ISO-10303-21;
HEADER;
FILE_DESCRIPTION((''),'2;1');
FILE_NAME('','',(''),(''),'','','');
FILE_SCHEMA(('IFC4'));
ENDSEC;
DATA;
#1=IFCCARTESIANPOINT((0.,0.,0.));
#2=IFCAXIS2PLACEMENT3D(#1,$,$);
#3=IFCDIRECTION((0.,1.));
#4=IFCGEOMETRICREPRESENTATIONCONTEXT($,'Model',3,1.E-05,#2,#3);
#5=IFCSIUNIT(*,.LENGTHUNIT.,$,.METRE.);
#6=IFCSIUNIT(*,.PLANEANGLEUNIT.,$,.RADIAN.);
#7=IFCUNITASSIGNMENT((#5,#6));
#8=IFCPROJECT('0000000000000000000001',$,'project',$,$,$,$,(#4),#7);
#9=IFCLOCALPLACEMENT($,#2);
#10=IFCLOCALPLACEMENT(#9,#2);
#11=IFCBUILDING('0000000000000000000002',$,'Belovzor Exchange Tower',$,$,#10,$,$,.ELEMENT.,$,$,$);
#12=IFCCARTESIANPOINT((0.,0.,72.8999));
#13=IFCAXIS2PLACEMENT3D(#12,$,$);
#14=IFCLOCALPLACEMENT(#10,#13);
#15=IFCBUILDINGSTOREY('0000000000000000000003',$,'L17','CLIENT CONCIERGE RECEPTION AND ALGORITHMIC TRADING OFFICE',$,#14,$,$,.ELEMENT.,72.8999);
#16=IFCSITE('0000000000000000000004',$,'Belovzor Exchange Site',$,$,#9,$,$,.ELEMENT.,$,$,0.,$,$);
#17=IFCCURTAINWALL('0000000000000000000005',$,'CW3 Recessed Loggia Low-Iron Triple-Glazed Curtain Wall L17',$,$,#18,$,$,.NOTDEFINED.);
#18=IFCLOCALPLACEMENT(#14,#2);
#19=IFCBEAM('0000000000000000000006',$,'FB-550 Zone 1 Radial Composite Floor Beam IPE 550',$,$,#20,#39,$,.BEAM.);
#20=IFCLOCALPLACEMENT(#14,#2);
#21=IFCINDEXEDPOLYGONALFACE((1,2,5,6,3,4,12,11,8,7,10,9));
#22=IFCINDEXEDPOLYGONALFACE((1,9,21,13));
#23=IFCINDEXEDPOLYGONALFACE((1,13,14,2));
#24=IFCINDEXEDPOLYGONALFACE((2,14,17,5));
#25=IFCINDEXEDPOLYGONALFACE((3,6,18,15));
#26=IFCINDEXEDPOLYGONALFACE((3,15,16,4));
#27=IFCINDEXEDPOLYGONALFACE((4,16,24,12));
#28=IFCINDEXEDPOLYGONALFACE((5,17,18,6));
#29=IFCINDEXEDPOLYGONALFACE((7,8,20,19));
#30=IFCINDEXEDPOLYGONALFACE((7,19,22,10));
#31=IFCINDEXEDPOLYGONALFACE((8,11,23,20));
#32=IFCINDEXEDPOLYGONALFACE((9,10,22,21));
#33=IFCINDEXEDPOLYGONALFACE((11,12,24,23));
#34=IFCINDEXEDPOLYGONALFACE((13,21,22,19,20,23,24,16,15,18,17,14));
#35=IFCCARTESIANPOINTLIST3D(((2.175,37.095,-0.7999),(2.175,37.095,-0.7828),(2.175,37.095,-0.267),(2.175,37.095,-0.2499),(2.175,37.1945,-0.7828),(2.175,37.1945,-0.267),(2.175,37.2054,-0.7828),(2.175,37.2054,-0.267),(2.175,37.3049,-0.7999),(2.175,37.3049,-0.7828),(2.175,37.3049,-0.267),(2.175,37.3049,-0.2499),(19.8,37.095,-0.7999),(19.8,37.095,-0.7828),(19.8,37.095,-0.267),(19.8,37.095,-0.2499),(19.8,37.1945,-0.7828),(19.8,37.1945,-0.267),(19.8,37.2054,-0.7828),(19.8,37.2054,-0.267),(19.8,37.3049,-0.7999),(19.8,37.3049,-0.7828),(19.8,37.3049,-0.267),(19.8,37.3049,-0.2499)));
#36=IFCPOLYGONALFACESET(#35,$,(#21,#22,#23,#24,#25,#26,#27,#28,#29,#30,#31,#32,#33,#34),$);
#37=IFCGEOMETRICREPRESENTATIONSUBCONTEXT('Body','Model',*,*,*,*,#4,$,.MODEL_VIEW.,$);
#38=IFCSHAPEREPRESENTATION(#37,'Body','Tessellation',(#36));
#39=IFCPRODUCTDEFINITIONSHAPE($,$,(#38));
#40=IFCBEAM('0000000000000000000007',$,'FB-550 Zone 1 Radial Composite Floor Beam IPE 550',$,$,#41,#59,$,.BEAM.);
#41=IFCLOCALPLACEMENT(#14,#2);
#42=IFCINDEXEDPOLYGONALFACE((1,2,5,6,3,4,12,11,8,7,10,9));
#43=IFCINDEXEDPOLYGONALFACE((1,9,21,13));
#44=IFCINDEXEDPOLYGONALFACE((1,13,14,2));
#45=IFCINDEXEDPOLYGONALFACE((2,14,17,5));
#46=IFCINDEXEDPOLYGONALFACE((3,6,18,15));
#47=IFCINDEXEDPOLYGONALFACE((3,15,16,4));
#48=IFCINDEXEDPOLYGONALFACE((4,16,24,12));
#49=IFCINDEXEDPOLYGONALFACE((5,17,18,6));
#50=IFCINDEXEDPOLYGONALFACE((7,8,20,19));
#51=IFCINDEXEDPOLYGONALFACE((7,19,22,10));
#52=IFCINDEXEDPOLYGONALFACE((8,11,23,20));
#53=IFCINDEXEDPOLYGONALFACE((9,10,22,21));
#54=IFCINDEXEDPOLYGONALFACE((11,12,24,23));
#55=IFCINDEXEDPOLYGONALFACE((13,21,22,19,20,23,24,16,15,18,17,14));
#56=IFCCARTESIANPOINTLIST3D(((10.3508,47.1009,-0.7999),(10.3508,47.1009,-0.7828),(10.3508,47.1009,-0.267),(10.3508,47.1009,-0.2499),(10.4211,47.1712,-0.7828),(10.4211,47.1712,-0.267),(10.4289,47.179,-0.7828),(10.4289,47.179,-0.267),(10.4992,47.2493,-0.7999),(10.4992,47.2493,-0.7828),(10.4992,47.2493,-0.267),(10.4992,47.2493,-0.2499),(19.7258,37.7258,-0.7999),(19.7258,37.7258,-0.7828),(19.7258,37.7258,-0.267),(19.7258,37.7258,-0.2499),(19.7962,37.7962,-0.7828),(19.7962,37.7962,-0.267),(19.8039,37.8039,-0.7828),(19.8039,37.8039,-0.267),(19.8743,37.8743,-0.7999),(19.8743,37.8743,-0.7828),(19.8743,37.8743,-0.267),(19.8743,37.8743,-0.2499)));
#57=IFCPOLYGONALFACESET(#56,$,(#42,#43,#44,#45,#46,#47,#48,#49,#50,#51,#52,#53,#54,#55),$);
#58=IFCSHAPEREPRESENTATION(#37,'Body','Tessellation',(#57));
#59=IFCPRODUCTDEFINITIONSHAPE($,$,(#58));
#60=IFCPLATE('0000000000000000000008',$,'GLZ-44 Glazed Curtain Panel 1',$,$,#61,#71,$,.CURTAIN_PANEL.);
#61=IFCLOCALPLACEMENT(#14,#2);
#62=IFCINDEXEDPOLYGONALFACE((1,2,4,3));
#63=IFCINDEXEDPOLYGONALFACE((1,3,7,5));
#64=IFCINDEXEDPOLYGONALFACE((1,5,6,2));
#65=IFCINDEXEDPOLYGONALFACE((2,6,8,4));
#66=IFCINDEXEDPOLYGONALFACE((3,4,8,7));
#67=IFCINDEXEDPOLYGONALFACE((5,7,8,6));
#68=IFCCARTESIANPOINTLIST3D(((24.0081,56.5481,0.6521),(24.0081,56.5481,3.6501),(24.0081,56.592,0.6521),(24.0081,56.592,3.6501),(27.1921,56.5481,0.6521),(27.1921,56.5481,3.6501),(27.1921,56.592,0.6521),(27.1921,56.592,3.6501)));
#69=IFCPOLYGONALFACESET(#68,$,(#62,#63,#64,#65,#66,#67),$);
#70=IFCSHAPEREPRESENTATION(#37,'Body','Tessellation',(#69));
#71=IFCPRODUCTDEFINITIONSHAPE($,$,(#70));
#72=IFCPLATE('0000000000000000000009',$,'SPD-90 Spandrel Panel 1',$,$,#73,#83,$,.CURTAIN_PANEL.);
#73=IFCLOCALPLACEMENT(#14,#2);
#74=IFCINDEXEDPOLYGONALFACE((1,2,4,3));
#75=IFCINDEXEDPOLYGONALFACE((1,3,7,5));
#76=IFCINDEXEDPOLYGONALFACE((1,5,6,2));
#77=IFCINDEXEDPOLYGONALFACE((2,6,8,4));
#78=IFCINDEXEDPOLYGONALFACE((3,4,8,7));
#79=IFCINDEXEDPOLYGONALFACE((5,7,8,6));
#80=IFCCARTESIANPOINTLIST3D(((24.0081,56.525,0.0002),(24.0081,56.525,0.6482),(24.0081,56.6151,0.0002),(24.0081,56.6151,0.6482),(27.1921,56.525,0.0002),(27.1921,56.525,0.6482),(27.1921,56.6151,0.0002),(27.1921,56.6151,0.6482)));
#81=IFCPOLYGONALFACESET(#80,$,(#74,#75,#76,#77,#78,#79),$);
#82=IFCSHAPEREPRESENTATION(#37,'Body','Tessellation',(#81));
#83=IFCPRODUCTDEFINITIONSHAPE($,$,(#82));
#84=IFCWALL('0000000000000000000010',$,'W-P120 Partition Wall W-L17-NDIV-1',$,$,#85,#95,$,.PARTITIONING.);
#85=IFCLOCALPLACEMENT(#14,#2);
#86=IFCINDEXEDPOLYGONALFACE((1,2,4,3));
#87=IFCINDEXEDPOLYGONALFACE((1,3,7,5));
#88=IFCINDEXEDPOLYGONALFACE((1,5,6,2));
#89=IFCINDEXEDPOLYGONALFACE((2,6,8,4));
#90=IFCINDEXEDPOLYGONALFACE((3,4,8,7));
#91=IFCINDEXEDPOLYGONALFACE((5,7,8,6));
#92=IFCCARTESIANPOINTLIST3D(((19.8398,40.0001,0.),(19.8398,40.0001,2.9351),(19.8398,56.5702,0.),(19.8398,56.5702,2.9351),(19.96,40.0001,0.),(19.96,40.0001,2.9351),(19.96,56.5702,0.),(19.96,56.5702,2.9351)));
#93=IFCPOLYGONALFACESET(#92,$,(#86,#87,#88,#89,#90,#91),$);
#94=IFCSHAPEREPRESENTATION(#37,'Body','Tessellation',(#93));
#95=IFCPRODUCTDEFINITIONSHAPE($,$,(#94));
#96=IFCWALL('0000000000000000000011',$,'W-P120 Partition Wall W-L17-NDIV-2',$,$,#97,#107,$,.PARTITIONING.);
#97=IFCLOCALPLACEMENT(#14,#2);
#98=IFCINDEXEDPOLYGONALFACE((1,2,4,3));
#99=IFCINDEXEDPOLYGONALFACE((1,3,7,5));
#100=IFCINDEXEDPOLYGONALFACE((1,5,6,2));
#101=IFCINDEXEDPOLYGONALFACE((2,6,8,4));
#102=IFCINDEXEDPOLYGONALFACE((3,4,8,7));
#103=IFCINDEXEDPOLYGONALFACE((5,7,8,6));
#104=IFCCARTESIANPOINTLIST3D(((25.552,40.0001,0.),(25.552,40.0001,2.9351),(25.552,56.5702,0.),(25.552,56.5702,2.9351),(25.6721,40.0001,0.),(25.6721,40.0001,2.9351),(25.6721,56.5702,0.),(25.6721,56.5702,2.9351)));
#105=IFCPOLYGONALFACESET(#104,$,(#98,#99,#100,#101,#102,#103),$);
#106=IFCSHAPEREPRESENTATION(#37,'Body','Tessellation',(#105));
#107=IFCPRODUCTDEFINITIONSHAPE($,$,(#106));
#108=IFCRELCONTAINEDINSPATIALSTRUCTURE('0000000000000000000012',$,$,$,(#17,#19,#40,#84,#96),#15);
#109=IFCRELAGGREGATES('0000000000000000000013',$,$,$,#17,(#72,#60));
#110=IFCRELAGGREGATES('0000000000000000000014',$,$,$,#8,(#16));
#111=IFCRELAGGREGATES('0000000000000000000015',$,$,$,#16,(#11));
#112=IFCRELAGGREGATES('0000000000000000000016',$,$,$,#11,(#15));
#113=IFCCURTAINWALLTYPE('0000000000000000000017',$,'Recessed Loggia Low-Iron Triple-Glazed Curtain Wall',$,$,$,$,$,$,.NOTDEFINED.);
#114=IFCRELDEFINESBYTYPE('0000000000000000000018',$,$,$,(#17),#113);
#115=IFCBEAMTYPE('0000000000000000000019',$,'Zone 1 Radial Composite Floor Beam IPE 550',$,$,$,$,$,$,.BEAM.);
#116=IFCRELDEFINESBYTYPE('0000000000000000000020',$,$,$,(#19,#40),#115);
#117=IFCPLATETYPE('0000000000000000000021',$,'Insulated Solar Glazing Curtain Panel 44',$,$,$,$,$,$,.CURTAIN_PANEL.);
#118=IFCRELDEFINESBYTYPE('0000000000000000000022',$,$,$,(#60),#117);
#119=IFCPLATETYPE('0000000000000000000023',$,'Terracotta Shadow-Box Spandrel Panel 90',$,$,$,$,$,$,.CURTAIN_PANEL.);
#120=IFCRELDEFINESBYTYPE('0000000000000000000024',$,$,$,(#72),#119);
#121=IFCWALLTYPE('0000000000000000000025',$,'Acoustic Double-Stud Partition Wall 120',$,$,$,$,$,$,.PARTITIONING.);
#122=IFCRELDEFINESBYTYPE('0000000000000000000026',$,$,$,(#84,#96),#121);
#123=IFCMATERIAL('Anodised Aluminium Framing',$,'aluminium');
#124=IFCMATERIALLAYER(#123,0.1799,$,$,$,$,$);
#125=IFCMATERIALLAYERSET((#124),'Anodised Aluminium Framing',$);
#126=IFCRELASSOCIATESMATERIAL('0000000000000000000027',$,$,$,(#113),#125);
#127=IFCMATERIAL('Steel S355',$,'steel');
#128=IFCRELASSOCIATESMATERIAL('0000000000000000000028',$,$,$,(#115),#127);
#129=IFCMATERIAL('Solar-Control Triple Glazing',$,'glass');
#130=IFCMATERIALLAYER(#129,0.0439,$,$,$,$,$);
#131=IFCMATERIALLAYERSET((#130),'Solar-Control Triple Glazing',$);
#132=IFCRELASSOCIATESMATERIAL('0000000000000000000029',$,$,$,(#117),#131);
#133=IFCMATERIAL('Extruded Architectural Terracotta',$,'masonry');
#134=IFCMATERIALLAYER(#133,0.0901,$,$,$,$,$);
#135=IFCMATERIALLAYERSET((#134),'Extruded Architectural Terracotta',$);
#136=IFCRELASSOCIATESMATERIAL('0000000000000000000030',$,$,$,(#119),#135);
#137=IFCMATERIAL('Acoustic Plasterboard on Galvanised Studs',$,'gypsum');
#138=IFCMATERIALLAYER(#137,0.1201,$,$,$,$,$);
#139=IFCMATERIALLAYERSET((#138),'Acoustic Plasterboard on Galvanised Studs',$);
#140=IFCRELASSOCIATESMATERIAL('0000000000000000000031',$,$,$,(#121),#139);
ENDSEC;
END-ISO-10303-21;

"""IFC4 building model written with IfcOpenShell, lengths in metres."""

from ifc_helpers import new_model, si_unit, direction, frame, frame_2d, origin, origin_2d, place, context, subcontext, project, spatial, rectangle, i_section, extrude, material, layer, layer_set, material_profile, profile_set, type_object, element, aggregate, save


model = new_model("IFC4")

# Units and contexts
model_context = context("Model", 3, precision=1e-05, world=origin(), true_north=direction((0.0, 1.0)))
body_context = subcontext(model_context, "Body", "Model", "MODEL_VIEW")
ifc_project = project(units=[si_unit("LENGTHUNIT", "METRE"), si_unit("PLANEANGLEUNIT", "RADIAN")], contexts=[model_context])

# Site, building, storey
site_placement = place(None, origin())
site = spatial("IfcSite", under=ifc_project, at=site_placement, Name="Belovzor Exchange Site", CompositionType="ELEMENT", RefElevation=0.0)
building_placement = place(site_placement, origin())
building = spatial("IfcBuilding", under=site, at=building_placement, Name="Belovzor Exchange Tower", CompositionType="ELEMENT")
storey_placement = place(building_placement, frame((0.0, 0.0, 72.8999)))
storey = spatial("IfcBuildingStorey", under=building, at=storey_placement, Name="L17", Description="CLIENT CONCIERGE RECEPTION AND ALGORITHMIC TRADING OFFICE", CompositionType="ELEMENT", Elevation=72.8999)

# Curtain wall
ifc_material_1 = material(Name="Anodised Aluminium Framing", Category="aluminium")
ifc_layer_1 = layer(ifc_material_1, 0.1799)
ifc_layer_set_1 = layer_set([ifc_layer_1], Name="Anodised Aluminium Framing")
curtain_wall_type = type_object("IfcCurtainWallType", Name="Recessed Loggia Low-Iron Triple-Glazed Curtain Wall", PredefinedType="NOTDEFINED", material=ifc_layer_set_1)
curtain_wall_placement = place(storey_placement, origin())
curtain_wall = element("IfcCurtainWall", 1, at=curtain_wall_placement, inside=storey, type_object=curtain_wall_type, Name="CW3 Recessed Loggia Low-Iron Triple-Glazed Curtain Wall L17", PredefinedType="NOTDEFINED")

# Beams
ifc_material_2 = material(Name="Steel S355", Category="steel")
ifc_material_profile_1 = material_profile(ifc_material_2, i_section(OverallWidth=0.21, OverallDepth=0.55, WebThickness=0.011, FlangeThickness=0.0171, at=origin_2d()))
ifc_profile_set_1 = profile_set([ifc_material_profile_1], Name="Steel S355")
beam_type_1 = type_object("IfcBeamType", Name="Zone 1 Radial Composite Floor Beam IPE 550", PredefinedType="BEAM", material=ifc_profile_set_1)
for number, where, z_axis, x_axis, name in (
    (2, (19.8, 37.2, -0.5249), (-1.0, 0.0, 0.0), (0.0, -1.0, 0.0), "FB-550 Zone 1 Radial Composite Floor Beam IPE 550"),
):
    element("IfcBeam", number, at=place(storey_placement, frame(where, z_axis=z_axis, x_axis=x_axis)), inside=storey, type_object=beam_type_1, Name=name, PredefinedType="BEAM", context=body_context, shape_type="SweptSolid", body=[
        extrude(i_section(OverallWidth=0.21, OverallDepth=0.55, WebThickness=0.011, FlangeThickness=0.0171, at=origin_2d()), origin(), (0.0, 0.0, 1.0), 17.625),
    ])
beam_1_placement = place(storey_placement, frame((19.8, 37.8, -0.5249), z_axis=(-0.707107, 0.707107, 0.0), x_axis=(-0.707107, -0.707107, 0.0)))
element("IfcBeam", 3, at=beam_1_placement, inside=storey, type_object=beam_type_1, Name="FB-550 Zone 1 Radial Composite Floor Beam IPE 550", PredefinedType="BEAM", context=body_context, shape_type="SweptSolid", body=[
    extrude(i_section(OverallWidth=0.21, OverallDepth=0.55, WebThickness=0.011, FlangeThickness=0.0171, at=origin_2d()), origin(), (0.0, 0.0, 1.0), 13.2583),
])

# Plates
ifc_material_3 = material(Name="Solar-Control Triple Glazing", Category="glass")
ifc_layer_2 = layer(ifc_material_3, 0.0439)
ifc_layer_set_2 = layer_set([ifc_layer_2], Name="Solar-Control Triple Glazing")
plate_type_1 = type_object("IfcPlateType", Name="Insulated Solar Glazing Curtain Panel 44", PredefinedType="CURTAIN_PANEL", material=ifc_layer_set_2)
plate_1_placement = place(storey_placement, frame((25.6001, 56.5701, 0.6521), z_axis=(0.0, 0.0, 1.0), x_axis=(1.0, 0.0, 0.0)))
plate_1 = element("IfcPlate", 4, at=plate_1_placement, type_object=plate_type_1, Name="GLZ-44 Glazed Curtain Panel 1", PredefinedType="CURTAIN_PANEL", context=body_context, shape_type="SweptSolid", body=[
    extrude(rectangle(XDim=3.1841, YDim=0.0439, at=origin_2d()), origin(), (0.0, 0.0, 1.0), 2.998),
])
ifc_material_4 = material(Name="Extruded Architectural Terracotta", Category="masonry")
ifc_layer_3 = layer(ifc_material_4, 0.0901)
ifc_layer_set_3 = layer_set([ifc_layer_3], Name="Extruded Architectural Terracotta")
plate_type_2 = type_object("IfcPlateType", Name="Terracotta Shadow-Box Spandrel Panel 90", PredefinedType="CURTAIN_PANEL", material=ifc_layer_set_3)
plate_2_placement = place(storey_placement, frame((25.6001, 56.5701, 0.0002), z_axis=(0.0, 0.0, 1.0), x_axis=(1.0, 0.0, 0.0)))
plate_2 = element("IfcPlate", 5, at=plate_2_placement, type_object=plate_type_2, Name="SPD-90 Spandrel Panel 1", PredefinedType="CURTAIN_PANEL", context=body_context, shape_type="SweptSolid", body=[
    extrude(rectangle(XDim=3.1841, YDim=0.0901, at=origin_2d()), origin(), (0.0, 0.0, 1.0), 0.6479),
])
aggregate(curtain_wall, [plate_2, plate_1])

# Walls
ifc_material_5 = material(Name="Acoustic Plasterboard on Galvanised Studs", Category="gypsum")
ifc_layer_4 = layer(ifc_material_5, 0.1201)
ifc_layer_set_4 = layer_set([ifc_layer_4], Name="Acoustic Plasterboard on Galvanised Studs")
wall_type_1 = type_object("IfcWallType", Name="Acoustic Double-Stud Partition Wall 120", PredefinedType="PARTITIONING", material=ifc_layer_set_4)
for number, where, z_axis, x_axis, name in (
    (6, (19.8999, 40.0, 0.0), (0.0, 0.0, 1.0), (0.0, 1.0, 0.0), "W-P120 Partition Wall W-L17-NDIV-1"),
    (7, (25.6121, 40.0, 0.0), (0.0, 0.0, 1.0), (0.0, 1.0, 0.0), "W-P120 Partition Wall W-L17-NDIV-2"),
):
    element("IfcWall", number, at=place(storey_placement, frame(where, z_axis=z_axis, x_axis=x_axis)), inside=storey, type_object=wall_type_1, Name=name, PredefinedType="PARTITIONING", context=body_context, shape_type="SweptSolid", body=[
        extrude(rectangle(XDim=16.5701, YDim=0.1201, at=frame_2d((8.2852, 0.0))), origin(), (0.0, 0.0, 1.0), 2.9351),
    ])

save(model, "model.ifc")
